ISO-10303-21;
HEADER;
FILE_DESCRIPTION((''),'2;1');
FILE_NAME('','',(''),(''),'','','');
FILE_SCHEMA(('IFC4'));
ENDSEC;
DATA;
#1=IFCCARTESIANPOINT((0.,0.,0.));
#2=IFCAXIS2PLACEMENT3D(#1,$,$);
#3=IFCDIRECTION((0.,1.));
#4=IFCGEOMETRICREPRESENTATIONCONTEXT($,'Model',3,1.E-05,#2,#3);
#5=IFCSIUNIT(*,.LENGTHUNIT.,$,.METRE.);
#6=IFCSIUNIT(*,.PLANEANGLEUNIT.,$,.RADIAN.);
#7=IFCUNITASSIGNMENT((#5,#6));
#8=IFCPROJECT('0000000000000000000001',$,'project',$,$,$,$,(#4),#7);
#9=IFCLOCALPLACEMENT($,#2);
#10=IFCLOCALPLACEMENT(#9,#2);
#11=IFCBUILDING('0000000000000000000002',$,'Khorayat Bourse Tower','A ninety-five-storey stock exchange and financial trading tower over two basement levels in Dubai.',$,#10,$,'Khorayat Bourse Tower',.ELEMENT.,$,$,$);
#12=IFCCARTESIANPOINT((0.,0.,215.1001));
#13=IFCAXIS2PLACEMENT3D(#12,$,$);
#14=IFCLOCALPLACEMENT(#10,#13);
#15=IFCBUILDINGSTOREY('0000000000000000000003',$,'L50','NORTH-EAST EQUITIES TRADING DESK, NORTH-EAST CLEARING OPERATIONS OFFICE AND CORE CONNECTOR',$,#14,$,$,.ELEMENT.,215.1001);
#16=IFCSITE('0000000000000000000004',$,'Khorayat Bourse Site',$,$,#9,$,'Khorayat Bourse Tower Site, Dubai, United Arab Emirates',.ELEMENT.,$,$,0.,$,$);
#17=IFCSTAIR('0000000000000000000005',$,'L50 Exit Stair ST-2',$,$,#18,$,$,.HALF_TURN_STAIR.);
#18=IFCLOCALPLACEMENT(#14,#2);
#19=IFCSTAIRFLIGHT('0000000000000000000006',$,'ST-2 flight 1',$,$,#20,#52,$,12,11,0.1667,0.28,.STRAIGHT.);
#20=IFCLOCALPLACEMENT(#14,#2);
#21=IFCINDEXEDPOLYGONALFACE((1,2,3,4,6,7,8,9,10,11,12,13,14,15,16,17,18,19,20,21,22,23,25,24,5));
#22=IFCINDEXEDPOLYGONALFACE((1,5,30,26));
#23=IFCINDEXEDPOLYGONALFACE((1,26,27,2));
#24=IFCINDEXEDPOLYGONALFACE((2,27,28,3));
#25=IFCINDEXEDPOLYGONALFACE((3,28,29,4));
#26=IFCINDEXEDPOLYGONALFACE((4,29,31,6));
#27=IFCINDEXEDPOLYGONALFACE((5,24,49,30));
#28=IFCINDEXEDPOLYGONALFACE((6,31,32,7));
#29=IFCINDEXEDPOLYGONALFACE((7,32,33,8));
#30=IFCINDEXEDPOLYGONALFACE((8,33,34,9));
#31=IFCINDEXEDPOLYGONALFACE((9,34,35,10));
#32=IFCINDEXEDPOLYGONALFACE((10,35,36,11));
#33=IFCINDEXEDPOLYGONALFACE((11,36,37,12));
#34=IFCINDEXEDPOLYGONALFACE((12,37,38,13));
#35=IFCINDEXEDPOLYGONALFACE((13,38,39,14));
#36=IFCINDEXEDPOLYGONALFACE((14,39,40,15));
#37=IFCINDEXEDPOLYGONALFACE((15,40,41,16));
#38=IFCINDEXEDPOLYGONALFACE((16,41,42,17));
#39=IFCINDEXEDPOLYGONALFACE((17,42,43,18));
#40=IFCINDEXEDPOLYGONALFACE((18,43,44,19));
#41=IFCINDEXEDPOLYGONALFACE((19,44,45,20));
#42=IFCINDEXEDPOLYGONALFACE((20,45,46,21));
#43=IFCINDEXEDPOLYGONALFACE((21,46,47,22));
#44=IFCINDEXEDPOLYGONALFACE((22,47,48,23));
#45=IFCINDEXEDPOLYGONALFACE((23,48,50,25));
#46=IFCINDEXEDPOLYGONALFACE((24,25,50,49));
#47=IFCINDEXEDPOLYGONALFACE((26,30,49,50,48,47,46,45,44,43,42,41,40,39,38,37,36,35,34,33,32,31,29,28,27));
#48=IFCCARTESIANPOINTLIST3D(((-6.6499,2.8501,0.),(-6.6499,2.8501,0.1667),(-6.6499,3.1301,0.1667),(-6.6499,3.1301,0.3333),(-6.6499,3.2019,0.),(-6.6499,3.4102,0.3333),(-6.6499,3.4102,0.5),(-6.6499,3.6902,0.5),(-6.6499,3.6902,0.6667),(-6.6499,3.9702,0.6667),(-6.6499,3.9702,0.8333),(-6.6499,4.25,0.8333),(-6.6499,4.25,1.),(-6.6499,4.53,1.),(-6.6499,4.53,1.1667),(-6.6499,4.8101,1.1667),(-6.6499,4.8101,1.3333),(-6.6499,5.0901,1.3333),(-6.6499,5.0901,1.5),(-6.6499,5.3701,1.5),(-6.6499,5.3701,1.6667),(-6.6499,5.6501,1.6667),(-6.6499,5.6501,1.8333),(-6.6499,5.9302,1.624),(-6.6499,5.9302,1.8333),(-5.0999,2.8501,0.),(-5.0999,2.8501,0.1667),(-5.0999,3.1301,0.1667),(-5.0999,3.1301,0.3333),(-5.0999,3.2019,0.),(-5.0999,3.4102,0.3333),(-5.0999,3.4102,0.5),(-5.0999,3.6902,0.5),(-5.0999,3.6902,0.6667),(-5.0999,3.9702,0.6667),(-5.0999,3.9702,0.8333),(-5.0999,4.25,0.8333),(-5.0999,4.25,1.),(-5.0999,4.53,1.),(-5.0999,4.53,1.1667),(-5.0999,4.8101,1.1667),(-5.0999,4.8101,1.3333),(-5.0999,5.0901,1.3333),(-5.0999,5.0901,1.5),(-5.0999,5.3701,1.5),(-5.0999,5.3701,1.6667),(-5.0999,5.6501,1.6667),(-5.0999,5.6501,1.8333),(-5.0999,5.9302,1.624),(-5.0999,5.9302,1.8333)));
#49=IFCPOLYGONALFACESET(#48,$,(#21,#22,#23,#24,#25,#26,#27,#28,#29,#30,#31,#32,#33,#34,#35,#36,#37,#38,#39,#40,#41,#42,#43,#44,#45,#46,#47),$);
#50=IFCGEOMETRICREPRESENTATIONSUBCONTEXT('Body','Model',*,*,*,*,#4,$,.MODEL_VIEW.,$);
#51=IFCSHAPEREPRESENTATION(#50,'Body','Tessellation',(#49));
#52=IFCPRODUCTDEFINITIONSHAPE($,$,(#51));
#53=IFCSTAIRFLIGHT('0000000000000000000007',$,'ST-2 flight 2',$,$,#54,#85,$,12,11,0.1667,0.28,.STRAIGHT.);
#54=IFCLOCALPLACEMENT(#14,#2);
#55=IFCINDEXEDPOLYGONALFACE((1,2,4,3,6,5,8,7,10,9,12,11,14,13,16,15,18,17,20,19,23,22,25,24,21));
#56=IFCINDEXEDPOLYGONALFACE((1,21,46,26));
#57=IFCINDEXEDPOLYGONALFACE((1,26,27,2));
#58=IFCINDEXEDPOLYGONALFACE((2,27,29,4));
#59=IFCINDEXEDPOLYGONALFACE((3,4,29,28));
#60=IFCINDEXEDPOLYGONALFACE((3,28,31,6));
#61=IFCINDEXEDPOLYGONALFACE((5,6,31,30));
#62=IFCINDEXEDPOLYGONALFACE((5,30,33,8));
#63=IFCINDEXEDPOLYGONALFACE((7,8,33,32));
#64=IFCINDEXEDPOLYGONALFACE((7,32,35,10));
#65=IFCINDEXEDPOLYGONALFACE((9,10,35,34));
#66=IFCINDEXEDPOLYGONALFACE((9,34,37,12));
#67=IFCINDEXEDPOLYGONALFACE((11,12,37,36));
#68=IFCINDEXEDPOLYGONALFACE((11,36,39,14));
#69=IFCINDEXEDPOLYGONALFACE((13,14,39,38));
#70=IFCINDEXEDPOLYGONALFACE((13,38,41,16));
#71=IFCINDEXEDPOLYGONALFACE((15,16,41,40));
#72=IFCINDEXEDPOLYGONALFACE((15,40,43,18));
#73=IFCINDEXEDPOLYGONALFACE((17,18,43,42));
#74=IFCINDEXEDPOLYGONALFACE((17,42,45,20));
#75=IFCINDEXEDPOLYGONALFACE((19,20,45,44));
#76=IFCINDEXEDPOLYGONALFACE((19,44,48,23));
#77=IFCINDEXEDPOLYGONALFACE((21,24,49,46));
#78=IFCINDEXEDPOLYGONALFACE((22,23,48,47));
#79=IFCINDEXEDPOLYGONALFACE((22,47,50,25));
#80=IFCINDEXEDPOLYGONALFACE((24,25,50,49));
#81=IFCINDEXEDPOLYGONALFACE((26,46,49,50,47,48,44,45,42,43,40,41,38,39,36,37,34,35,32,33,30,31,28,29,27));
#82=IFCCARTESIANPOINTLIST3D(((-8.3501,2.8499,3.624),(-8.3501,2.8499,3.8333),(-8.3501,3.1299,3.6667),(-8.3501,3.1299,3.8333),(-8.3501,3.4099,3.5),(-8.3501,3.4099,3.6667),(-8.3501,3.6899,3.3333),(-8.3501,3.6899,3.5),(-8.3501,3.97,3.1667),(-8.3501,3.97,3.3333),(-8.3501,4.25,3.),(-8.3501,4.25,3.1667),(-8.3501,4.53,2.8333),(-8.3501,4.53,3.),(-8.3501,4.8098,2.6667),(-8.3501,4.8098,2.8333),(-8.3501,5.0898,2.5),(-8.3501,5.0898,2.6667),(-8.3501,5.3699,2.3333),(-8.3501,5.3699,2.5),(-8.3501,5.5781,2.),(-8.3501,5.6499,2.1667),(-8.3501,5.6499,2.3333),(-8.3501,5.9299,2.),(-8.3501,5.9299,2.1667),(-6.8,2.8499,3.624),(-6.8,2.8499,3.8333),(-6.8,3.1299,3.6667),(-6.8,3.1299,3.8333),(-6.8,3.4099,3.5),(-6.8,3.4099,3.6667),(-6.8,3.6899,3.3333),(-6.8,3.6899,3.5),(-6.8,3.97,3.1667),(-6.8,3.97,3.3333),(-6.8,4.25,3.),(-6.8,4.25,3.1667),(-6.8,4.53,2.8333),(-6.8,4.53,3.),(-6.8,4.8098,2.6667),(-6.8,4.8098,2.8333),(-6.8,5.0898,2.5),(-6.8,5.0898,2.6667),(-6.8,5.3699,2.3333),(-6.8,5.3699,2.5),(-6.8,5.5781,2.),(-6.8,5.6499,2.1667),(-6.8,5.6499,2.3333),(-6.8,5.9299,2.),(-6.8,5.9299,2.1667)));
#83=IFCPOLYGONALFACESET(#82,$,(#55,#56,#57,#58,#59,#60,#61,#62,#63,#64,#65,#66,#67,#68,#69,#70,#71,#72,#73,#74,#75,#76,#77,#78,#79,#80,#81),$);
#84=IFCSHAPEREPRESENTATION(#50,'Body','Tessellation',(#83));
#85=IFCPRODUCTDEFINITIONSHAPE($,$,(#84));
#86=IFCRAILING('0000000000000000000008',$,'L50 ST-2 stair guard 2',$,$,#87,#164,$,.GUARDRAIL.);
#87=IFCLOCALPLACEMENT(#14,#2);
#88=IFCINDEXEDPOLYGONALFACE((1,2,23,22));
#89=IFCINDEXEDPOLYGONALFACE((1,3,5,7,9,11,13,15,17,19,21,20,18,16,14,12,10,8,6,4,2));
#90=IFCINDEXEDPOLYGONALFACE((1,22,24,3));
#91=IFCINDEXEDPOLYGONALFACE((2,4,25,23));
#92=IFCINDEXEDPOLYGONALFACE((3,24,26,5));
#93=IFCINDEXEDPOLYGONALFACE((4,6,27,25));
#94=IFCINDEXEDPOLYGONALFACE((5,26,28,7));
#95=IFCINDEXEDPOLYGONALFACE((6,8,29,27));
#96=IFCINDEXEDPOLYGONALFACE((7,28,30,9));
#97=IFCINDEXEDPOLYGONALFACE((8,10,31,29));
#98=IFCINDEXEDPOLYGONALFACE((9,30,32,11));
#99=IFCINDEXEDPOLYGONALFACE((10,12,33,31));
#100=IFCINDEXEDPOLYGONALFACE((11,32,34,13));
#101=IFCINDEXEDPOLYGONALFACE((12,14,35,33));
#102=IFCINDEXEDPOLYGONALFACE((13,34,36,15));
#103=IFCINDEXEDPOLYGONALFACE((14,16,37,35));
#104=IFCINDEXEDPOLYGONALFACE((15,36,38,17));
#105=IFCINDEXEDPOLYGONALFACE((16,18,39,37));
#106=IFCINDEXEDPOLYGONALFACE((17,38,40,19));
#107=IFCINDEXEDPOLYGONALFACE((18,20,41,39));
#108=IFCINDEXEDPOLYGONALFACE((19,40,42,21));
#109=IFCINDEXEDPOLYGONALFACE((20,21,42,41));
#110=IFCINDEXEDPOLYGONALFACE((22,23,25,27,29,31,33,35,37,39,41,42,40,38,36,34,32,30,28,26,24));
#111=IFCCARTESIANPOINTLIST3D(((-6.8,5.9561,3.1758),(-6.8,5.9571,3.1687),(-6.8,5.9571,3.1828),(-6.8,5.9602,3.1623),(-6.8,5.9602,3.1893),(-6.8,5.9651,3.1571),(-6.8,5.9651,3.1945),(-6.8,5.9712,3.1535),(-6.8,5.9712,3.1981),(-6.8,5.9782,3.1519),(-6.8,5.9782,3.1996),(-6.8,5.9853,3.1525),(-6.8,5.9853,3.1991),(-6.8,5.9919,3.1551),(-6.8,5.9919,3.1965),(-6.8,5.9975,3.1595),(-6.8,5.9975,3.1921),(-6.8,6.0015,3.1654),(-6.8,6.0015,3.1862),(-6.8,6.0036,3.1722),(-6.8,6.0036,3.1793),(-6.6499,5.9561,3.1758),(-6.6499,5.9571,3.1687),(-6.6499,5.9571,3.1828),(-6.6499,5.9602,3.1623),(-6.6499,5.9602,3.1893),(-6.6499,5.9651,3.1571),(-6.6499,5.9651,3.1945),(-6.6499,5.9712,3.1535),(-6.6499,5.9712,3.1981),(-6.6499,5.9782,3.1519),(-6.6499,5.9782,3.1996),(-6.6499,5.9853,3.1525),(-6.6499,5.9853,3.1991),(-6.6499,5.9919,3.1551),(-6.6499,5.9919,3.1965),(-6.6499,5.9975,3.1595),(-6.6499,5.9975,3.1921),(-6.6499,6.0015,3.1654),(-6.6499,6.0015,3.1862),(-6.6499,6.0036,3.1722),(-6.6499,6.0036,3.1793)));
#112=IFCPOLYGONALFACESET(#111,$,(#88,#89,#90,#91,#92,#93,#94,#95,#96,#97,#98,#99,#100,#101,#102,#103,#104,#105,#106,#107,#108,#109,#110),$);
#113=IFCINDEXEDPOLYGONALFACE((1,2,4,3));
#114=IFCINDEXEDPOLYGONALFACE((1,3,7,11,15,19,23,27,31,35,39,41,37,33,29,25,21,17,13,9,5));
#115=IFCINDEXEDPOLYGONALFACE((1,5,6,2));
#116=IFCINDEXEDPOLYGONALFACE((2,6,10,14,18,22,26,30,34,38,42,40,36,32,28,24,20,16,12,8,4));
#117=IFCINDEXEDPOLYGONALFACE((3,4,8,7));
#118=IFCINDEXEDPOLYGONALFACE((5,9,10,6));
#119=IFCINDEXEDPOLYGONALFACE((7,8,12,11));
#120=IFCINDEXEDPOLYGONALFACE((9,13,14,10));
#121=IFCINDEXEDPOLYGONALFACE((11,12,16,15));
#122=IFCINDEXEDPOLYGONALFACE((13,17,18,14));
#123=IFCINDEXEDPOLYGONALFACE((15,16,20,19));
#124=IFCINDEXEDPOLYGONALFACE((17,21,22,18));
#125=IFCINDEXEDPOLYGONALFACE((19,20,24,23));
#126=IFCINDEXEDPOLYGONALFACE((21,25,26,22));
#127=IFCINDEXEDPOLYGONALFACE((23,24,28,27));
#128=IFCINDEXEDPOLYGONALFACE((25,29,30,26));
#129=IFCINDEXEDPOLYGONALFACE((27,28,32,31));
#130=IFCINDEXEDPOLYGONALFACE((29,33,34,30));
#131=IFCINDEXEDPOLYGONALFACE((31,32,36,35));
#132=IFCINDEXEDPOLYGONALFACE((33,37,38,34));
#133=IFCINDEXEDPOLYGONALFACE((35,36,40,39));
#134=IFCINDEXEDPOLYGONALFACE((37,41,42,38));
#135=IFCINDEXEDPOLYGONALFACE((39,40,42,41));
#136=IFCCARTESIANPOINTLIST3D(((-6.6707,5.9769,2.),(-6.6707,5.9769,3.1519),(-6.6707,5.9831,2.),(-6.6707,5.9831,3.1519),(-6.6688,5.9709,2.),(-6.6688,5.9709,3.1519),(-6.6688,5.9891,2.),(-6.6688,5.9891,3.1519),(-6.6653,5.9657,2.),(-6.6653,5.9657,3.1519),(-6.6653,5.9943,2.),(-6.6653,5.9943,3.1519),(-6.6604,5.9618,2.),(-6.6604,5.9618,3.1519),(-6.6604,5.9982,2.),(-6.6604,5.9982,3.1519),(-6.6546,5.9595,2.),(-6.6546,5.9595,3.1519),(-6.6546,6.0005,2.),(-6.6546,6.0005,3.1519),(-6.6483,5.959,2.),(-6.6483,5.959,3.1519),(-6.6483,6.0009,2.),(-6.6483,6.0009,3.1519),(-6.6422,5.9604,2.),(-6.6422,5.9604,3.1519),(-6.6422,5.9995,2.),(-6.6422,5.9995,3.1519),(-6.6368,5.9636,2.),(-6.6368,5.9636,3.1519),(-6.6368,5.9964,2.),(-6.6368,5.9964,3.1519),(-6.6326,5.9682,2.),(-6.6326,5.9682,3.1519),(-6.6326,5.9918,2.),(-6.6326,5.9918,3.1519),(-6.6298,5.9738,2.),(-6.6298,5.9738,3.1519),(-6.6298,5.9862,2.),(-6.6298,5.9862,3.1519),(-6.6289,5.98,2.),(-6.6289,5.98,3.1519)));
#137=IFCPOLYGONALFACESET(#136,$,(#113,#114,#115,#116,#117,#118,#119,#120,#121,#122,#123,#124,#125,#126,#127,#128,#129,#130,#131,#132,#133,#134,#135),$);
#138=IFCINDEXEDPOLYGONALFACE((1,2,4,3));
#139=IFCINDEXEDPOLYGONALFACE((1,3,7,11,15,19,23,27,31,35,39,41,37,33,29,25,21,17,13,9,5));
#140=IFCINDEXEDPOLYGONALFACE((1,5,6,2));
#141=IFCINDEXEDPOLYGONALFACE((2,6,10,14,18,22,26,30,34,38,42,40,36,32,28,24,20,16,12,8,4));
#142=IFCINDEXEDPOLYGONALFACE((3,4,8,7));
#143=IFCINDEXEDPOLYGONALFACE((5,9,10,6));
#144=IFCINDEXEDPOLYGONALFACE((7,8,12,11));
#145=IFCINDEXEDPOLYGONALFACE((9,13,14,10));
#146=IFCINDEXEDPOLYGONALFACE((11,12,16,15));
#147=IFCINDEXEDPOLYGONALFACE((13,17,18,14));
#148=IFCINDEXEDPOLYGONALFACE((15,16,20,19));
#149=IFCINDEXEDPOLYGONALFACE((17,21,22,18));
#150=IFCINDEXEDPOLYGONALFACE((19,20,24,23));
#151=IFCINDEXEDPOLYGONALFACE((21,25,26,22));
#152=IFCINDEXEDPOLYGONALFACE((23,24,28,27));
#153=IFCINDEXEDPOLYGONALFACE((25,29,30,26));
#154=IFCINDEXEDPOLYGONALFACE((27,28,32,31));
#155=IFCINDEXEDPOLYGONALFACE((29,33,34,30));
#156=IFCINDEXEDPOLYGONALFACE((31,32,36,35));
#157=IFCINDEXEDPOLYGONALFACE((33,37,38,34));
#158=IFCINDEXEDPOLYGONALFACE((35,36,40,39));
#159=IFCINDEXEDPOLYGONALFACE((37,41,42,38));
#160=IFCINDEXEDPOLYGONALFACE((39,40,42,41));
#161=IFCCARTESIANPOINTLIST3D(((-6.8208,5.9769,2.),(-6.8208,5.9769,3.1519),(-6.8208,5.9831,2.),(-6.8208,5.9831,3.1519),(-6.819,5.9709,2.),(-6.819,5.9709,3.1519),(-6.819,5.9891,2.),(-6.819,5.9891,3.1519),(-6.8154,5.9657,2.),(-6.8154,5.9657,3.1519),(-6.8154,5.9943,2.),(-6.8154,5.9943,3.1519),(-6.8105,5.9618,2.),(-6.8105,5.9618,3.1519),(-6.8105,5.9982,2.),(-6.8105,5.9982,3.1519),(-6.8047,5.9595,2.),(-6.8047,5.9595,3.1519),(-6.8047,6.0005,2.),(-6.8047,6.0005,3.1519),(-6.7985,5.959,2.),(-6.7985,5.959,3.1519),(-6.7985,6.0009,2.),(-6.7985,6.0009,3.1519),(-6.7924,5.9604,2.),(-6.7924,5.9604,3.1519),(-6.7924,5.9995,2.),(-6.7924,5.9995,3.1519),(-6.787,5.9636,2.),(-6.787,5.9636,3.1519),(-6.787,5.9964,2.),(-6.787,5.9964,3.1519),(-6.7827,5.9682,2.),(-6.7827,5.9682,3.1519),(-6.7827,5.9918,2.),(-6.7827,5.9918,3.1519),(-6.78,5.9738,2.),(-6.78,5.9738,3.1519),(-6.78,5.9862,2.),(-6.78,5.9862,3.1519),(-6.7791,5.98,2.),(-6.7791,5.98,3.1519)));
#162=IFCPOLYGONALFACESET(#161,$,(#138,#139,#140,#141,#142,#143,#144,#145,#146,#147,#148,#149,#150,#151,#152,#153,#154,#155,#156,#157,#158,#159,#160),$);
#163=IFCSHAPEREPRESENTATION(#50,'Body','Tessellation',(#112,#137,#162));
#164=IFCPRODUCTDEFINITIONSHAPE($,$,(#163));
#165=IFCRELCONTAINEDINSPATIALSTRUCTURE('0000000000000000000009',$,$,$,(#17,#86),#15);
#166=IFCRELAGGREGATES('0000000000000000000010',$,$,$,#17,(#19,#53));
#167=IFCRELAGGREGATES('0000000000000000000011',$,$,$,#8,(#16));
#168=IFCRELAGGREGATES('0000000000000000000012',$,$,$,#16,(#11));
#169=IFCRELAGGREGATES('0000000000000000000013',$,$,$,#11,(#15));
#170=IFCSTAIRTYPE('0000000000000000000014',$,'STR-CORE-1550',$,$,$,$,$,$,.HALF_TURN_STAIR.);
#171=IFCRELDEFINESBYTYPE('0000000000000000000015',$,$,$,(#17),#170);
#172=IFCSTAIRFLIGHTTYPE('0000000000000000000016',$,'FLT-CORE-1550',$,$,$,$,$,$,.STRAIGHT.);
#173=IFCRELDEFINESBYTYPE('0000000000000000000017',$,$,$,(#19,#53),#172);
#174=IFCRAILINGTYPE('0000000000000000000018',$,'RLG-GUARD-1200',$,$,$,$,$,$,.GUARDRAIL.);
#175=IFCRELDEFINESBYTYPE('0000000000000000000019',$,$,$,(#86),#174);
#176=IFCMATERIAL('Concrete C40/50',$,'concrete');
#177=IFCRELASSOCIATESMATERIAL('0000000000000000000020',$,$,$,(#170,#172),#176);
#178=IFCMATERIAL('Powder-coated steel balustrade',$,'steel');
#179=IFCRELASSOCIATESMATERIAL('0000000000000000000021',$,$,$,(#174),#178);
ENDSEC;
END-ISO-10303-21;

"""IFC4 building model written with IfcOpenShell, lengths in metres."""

from ifc_helpers import new_model, si_unit, direction, frame, origin, origin_2d, place, context, subcontext, project, spatial, polyline, circle, outline, extrude, source, transform, mapped, material, type_object, element, aggregate, save


model = new_model("IFC4")

# Units and contexts
model_context = context("Model", 3, precision=1e-05, world=origin(), true_north=direction((0.0, 1.0)))
body_context = subcontext(model_context, "Body", "Model", "MODEL_VIEW")
ifc_project = project(units=[si_unit("LENGTHUNIT", "METRE"), si_unit("PLANEANGLEUNIT", "RADIAN")], contexts=[model_context])

# Site, building, storey
site_placement = place(None, origin())
site = spatial("IfcSite", under=ifc_project, at=site_placement, Name="Khorayat Bourse Site", LongName="Khorayat Bourse Tower Site, Dubai, United Arab Emirates", CompositionType="ELEMENT", RefElevation=0.0)
building_placement = place(site_placement, origin())
building = spatial("IfcBuilding", under=site, at=building_placement, Name="Khorayat Bourse Tower", Description="A ninety-five-storey stock exchange and financial trading tower over two basement levels in Dubai.", LongName="Khorayat Bourse Tower", CompositionType="ELEMENT")
storey_placement = place(building_placement, frame((0.0, 0.0, 215.1001)))
storey = spatial("IfcBuildingStorey", under=building, at=storey_placement, Name="L50", Description="NORTH-EAST EQUITIES TRADING DESK, NORTH-EAST CLEARING OPERATIONS OFFICE AND CORE CONNECTOR", CompositionType="ELEMENT", Elevation=215.1001)

# Stair, stair flights
ifc_material_1 = material(Name="Concrete C40/50", Category="concrete")
stair_type = type_object("IfcStairType", Name="STR-CORE-1550", PredefinedType="HALF_TURN_STAIR", material=ifc_material_1)
stair_placement = place(storey_placement, origin())
stair = element("IfcStair", 1, at=stair_placement, inside=storey, type_object=stair_type, Name="L50 Exit Stair ST-2", PredefinedType="HALF_TURN_STAIR")
stair_flight_type = type_object("IfcStairFlightType", Name="FLT-CORE-1550", PredefinedType="STRAIGHT", material=ifc_material_1)
shared_shape_1 = source(origin(), body_context, "Body", "SweptSolid", [
    extrude(outline(polyline([(0.0, 0.0), (0.0, 0.1667), (0.28, 0.1667), (0.28, 0.3333), (0.5601, 0.3333), (0.5601, 0.5), (0.8401, 0.5), (0.8401, 0.6667), (1.1201, 0.6667), (1.1201, 0.8333), (1.3999, 0.8333), (1.3999, 1.0), (1.6799, 1.0), (1.6799, 1.1667), (1.96, 1.1667), (1.96, 1.3333), (2.24, 1.3333), (2.24, 1.5), (2.52, 1.5), (2.52, 1.6667), (2.8, 1.6667), (2.8, 1.8333), (3.0801, 1.8333), (3.0801, 2.0), (3.0801, 1.624), (0.3518, 0.0), (0.0, 0.0)])), frame((0.0, 0.7749, 0.0), z_axis=(0.0, -1.0, 0.0), x_axis=(1.0, 0.0, 0.0)), (0.0, 0.0, 1.0), 1.55),
])
stair_flight_1_placement = place(storey_placement, frame((-5.875, 2.8501, 0.0), z_axis=(0.0, 0.0, 1.0), x_axis=(0.0, 1.0, 0.0)))
stair_flight_1 = element("IfcStairFlight", 2, at=stair_flight_1_placement, type_object=stair_flight_type, Name="ST-2 flight 1", NumberOfRisers=12, NumberOfTreads=11, PredefinedType="STRAIGHT", RiserHeight=0.1667, TreadLength=0.28, context=body_context, shape_type="MappedRepresentation", body=[
    mapped(shared_shape_1, transform((0.0, 0.0, 0.0), scale=1.0)),
])
stair_flight_2_placement = place(storey_placement, frame((-7.575, 5.9299, 2.0), z_axis=(0.0, 0.0, 1.0), x_axis=(0.0, -1.0, 0.0)))
stair_flight_2 = element("IfcStairFlight", 3, at=stair_flight_2_placement, type_object=stair_flight_type, Name="ST-2 flight 2", NumberOfRisers=12, NumberOfTreads=11, PredefinedType="STRAIGHT", RiserHeight=0.1667, TreadLength=0.28, context=body_context, shape_type="MappedRepresentation", body=[
    mapped(shared_shape_1, transform((0.0, 0.0, 0.0), scale=1.0)),
])
aggregate(stair, [stair_flight_1, stair_flight_2])

# Railing
ifc_material_2 = material(Name="Powder-coated steel balustrade", Category="steel")
railing_type_1 = type_object("IfcRailingType", Name="RLG-GUARD-1200", PredefinedType="GUARDRAIL", material=ifc_material_2)
shared_shape_2 = source(origin(), body_context, "Body", "SweptSolid", [
    extrude(circle(Radius=0.0239, at=origin_2d()), frame((0.0, 0.0, 1.1758), z_axis=(-1.0, 0.0, 0.0), x_axis=(0.0, -1.0, 0.0)), (0.0, 0.0, 1.0), 0.1501),
    extrude(circle(Radius=0.021, at=origin_2d()), origin(), (0.0, 0.0, 1.0), 1.1519),
    extrude(circle(Radius=0.021, at=origin_2d()), frame((-0.1501, 0.0, 0.0)), (0.0, 0.0, 1.0), 1.1519),
])
for number, where, name in (
    (4, (-6.6499, 5.98, 2.0), "L50 ST-2 stair guard 2"),
):
    element("IfcRailing", number, at=place(storey_placement, frame(where)), inside=storey, type_object=railing_type_1, Name=name, PredefinedType="GUARDRAIL", context=body_context, shape_type="MappedRepresentation", body=[
        mapped(shared_shape_2, transform((0.0, 0.0, 0.0), scale=1.0)),
    ])

save(model, "model.ifc")
